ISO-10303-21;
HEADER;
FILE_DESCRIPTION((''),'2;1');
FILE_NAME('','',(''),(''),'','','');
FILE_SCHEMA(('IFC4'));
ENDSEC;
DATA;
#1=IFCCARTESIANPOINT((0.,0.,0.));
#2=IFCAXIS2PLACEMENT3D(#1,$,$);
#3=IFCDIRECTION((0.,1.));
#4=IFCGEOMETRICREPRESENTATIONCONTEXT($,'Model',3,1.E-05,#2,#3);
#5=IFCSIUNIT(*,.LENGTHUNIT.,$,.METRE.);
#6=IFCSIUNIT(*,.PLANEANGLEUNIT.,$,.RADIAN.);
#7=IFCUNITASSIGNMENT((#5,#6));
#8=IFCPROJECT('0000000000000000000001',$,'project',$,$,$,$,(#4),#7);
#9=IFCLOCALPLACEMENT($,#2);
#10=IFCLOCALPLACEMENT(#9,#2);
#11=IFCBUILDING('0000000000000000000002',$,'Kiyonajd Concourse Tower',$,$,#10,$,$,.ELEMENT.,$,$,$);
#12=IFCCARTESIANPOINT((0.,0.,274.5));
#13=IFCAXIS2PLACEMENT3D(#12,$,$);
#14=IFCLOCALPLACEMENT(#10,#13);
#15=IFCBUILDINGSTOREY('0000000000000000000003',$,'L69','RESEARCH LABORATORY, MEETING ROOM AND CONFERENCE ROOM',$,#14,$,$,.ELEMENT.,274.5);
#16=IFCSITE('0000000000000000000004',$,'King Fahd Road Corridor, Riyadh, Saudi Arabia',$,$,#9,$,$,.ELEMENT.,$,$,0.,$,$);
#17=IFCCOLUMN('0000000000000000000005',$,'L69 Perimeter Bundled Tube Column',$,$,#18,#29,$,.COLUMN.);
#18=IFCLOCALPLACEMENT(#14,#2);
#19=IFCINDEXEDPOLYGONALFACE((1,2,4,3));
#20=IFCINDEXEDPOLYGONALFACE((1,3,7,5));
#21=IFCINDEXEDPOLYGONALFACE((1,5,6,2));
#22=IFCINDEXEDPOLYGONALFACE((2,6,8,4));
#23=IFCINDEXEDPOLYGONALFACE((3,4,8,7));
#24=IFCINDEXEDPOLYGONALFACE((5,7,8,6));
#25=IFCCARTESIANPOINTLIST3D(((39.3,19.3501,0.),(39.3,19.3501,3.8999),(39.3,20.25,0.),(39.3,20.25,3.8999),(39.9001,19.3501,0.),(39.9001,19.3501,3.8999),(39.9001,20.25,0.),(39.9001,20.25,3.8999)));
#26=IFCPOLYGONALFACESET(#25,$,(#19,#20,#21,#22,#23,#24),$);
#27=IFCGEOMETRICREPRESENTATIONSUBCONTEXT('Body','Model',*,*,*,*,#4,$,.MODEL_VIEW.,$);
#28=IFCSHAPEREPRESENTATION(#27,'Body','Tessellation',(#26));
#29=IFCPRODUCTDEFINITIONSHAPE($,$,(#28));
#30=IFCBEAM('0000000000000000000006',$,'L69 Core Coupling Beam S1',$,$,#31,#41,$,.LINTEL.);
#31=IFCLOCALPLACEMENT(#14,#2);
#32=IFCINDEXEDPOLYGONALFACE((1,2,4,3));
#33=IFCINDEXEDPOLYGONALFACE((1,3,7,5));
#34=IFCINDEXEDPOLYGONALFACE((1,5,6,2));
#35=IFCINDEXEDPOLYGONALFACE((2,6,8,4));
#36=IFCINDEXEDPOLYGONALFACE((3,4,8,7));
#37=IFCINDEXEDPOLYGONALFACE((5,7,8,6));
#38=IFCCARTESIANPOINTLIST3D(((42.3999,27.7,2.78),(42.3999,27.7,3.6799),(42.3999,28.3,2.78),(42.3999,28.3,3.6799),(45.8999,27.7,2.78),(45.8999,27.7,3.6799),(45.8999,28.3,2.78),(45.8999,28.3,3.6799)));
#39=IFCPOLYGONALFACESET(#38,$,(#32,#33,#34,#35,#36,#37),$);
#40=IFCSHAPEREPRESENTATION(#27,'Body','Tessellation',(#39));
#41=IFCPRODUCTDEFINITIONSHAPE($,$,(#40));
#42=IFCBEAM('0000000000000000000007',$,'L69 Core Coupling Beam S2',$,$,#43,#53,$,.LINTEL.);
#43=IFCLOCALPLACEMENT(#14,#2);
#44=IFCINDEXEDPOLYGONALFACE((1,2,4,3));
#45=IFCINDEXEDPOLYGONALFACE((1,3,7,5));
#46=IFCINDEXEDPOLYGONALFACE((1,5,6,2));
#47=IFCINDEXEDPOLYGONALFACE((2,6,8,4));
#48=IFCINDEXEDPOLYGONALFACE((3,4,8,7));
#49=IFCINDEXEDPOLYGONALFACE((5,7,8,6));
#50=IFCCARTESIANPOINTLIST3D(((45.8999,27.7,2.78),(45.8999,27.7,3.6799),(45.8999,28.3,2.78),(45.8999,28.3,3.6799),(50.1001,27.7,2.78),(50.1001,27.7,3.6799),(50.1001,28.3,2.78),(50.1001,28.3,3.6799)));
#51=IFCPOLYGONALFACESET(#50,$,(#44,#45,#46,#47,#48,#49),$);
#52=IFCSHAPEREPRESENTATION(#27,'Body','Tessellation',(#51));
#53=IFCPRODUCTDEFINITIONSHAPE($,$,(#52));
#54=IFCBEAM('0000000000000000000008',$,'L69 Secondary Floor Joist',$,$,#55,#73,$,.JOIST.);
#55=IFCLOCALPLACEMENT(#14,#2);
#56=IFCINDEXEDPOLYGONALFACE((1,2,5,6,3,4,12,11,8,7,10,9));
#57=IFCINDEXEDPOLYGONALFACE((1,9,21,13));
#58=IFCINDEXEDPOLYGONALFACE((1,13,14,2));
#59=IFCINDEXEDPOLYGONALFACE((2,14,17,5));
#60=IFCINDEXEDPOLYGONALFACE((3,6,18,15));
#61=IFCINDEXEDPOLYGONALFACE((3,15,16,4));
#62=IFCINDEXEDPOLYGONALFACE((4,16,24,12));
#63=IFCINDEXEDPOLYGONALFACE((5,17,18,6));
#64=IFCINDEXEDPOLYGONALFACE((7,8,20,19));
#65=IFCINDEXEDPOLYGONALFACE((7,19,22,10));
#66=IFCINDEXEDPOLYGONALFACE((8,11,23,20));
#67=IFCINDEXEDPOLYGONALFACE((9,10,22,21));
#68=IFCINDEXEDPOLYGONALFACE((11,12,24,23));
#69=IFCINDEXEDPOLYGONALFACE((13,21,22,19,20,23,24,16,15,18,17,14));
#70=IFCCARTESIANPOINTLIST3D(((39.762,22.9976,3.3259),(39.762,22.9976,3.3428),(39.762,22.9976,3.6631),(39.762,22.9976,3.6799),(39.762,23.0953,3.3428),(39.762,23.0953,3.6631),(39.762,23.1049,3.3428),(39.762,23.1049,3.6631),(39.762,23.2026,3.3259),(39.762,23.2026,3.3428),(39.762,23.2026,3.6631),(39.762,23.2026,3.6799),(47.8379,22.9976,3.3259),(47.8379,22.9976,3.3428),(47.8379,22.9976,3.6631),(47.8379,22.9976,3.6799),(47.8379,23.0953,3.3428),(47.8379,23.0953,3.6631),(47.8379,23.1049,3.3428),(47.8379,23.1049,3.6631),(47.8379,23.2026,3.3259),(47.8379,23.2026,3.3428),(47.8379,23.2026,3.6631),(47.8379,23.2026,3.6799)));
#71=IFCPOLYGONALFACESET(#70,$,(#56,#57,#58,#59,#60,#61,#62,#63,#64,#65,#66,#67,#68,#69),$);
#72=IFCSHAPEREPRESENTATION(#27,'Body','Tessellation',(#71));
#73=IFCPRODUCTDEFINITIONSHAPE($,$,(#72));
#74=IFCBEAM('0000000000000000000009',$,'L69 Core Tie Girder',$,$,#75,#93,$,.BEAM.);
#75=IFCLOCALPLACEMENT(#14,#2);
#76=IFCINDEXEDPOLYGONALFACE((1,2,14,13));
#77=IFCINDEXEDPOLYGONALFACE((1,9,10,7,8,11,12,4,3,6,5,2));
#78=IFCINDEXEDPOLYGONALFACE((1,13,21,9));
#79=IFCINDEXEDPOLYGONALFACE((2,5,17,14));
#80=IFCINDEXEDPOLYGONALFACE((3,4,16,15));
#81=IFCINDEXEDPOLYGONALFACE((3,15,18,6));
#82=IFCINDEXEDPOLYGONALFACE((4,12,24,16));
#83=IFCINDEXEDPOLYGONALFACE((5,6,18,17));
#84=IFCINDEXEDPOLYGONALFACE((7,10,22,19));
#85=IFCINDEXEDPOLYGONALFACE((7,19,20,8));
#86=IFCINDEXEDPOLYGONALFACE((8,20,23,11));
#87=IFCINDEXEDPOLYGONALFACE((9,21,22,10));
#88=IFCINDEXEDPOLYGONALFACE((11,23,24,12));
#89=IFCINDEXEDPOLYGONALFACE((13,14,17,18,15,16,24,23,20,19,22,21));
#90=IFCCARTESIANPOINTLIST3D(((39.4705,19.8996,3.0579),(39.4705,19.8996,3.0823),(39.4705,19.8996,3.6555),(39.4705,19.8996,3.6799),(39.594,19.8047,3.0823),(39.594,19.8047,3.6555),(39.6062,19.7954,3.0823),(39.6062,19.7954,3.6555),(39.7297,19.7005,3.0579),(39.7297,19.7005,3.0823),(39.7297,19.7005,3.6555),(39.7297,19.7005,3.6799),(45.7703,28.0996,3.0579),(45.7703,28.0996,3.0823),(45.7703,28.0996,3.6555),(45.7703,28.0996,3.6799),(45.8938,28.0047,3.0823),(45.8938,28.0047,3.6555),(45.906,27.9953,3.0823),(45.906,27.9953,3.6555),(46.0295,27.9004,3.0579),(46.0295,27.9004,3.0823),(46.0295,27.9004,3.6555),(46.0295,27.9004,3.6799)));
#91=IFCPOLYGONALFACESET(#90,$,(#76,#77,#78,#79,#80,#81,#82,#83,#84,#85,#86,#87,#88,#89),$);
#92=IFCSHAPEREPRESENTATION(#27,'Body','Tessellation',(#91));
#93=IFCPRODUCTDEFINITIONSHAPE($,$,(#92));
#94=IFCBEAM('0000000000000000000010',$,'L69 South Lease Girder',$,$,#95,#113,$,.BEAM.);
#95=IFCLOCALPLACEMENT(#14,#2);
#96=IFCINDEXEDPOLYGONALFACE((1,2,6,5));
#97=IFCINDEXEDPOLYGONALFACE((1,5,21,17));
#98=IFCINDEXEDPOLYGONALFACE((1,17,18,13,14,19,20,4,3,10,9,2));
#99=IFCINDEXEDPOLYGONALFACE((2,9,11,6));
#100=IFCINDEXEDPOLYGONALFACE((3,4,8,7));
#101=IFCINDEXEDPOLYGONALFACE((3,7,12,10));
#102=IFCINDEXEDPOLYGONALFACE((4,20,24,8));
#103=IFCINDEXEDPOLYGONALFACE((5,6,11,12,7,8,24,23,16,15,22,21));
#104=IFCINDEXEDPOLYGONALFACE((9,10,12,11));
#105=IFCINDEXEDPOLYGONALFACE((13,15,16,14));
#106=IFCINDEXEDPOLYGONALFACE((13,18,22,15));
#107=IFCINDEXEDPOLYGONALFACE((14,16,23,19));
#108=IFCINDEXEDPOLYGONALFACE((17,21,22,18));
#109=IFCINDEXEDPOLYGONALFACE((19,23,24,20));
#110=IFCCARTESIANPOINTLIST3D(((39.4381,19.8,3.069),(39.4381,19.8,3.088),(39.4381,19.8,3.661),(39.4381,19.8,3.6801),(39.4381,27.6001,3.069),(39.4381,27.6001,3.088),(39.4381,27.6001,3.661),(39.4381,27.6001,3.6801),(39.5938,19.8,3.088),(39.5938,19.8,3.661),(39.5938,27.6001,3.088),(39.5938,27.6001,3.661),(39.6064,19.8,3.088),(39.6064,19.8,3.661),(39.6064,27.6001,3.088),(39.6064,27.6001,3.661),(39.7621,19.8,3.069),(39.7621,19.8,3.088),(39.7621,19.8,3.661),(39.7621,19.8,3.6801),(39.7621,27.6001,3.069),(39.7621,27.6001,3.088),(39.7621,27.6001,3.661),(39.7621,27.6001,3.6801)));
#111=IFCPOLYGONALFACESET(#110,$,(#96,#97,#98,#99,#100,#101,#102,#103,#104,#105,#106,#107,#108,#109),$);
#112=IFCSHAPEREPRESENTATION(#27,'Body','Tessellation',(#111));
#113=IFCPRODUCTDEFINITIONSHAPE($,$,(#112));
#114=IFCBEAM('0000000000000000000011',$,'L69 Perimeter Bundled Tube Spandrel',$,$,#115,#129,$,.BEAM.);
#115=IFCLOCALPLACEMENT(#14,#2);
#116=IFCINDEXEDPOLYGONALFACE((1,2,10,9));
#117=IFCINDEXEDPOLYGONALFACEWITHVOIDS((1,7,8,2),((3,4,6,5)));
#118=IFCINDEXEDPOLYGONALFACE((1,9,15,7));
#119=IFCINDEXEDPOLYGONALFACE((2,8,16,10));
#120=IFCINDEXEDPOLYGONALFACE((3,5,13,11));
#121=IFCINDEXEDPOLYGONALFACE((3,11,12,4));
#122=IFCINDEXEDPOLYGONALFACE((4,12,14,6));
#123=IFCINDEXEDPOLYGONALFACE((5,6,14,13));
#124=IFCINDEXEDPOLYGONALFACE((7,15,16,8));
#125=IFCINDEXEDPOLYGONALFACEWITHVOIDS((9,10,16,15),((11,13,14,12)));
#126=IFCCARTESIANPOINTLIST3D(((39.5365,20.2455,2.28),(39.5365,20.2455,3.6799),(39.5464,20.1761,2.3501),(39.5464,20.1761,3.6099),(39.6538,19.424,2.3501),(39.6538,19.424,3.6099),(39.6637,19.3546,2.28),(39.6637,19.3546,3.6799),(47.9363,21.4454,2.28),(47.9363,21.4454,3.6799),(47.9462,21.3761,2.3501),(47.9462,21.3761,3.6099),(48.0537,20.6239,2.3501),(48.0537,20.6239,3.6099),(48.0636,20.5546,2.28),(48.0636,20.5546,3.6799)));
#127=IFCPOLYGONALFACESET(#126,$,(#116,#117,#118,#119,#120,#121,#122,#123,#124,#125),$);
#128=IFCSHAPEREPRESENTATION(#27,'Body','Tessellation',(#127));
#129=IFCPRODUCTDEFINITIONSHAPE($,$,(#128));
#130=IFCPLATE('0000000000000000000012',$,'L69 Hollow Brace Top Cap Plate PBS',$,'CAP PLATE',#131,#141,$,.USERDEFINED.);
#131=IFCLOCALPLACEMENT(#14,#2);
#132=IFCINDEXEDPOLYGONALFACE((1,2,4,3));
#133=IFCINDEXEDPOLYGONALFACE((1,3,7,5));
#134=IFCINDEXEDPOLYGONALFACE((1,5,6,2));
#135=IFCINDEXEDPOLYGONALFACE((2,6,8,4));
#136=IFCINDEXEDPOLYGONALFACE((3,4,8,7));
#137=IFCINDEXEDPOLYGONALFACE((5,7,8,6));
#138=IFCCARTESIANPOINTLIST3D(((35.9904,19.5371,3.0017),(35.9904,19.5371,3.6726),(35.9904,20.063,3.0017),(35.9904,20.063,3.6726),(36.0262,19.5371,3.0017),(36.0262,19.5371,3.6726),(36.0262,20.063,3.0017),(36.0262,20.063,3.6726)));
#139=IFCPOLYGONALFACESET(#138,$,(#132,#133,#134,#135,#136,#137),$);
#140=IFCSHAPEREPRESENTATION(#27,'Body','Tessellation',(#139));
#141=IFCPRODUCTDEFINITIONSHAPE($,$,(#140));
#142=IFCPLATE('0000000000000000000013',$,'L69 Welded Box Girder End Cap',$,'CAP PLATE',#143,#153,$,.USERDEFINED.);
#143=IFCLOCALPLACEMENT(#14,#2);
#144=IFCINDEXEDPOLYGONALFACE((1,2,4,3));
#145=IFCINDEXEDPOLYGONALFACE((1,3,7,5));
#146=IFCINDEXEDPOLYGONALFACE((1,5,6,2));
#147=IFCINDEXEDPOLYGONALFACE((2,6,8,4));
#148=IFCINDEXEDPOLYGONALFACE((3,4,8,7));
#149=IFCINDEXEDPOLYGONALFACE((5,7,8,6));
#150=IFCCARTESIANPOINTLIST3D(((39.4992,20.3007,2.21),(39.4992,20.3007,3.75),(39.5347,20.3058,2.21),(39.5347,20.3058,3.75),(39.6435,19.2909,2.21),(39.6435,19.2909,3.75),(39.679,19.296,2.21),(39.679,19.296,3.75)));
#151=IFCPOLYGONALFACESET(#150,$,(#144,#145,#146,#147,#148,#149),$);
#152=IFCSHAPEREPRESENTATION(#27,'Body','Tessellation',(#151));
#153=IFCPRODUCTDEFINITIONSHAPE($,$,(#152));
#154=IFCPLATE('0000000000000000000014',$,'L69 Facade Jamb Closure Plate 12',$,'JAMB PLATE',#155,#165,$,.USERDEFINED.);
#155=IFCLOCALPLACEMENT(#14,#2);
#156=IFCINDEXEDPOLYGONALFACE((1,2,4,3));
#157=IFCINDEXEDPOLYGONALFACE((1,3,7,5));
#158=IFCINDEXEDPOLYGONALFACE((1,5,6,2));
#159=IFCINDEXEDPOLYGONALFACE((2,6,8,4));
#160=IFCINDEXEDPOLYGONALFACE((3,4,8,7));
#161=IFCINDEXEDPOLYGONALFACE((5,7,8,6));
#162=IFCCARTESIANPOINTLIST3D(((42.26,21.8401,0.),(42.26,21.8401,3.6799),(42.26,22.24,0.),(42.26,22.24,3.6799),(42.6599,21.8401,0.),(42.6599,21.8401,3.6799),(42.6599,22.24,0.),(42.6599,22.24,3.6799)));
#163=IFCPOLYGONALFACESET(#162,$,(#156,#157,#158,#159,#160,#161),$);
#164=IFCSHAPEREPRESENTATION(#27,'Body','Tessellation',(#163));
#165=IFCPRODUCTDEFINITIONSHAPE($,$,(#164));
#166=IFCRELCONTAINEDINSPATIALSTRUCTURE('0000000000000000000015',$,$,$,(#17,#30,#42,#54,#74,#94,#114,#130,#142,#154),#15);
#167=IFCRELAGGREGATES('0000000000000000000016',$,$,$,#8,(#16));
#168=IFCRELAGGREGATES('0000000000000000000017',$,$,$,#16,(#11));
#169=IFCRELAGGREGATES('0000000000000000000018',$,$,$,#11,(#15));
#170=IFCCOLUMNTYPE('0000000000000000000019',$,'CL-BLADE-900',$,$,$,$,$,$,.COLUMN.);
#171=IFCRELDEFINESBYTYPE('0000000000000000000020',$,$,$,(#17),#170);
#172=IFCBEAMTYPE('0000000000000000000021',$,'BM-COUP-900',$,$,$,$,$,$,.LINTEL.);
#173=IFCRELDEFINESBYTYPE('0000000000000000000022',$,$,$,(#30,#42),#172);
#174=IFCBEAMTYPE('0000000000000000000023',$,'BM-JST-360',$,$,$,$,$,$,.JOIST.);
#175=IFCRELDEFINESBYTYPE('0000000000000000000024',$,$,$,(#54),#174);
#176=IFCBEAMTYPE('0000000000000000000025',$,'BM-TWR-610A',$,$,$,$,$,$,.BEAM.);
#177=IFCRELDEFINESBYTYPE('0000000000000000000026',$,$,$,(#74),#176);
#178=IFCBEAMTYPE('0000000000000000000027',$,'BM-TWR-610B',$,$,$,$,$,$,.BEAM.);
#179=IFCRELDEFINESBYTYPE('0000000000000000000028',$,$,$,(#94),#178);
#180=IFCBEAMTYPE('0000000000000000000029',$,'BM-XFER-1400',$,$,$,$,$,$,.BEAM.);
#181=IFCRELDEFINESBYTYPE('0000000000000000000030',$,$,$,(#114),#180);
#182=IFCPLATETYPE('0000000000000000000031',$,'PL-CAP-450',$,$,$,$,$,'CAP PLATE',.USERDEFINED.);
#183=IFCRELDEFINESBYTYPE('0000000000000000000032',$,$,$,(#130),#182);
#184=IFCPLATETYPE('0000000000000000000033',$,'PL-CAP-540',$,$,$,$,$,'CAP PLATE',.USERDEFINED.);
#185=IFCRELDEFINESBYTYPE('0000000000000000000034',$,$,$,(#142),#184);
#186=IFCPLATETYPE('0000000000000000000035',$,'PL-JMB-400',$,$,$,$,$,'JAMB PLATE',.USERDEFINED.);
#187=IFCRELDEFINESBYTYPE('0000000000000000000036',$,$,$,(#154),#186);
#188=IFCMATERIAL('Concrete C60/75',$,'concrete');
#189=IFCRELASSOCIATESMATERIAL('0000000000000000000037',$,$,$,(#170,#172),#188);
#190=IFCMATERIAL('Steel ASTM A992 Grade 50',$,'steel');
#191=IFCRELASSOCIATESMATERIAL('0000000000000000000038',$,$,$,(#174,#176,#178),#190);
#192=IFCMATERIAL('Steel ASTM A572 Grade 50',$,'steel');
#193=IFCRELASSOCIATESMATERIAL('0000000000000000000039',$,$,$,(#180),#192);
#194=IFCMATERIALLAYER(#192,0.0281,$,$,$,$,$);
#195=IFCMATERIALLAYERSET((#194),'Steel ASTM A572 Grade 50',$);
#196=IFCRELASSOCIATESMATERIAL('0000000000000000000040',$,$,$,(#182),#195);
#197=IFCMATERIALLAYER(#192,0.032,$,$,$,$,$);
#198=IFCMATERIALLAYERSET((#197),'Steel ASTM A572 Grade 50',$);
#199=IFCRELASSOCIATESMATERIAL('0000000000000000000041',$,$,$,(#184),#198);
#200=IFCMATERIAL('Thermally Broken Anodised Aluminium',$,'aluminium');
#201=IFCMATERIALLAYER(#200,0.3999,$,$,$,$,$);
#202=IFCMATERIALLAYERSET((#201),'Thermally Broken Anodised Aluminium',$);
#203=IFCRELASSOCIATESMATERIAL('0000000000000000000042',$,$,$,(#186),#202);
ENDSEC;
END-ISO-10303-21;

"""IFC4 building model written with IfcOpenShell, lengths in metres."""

from ifc_helpers import new_model, si_unit, direction, frame, origin, origin_2d, place, context, subcontext, project, spatial, rectangle, hollow_rectangle, i_section, extrude, material, layer, layer_set, material_profile, profile_set, type_object, element, save


model = new_model("IFC4")

# Units and contexts
model_context = context("Model", 3, precision=1e-05, world=origin(), true_north=direction((0.0, 1.0)))
body_context = subcontext(model_context, "Body", "Model", "MODEL_VIEW")
ifc_project = project(units=[si_unit("LENGTHUNIT", "METRE"), si_unit("PLANEANGLEUNIT", "RADIAN")], contexts=[model_context])

# Site, building, storey
site_placement = place(None, origin())
site = spatial("IfcSite", under=ifc_project, at=site_placement, Name="King Fahd Road Corridor, Riyadh, Saudi Arabia", CompositionType="ELEMENT", RefElevation=0.0)
building_placement = place(site_placement, origin())
building = spatial("IfcBuilding", under=site, at=building_placement, Name="Kiyonajd Concourse Tower", CompositionType="ELEMENT")
storey_placement = place(building_placement, frame((0.0, 0.0, 274.5)))
storey = spatial("IfcBuildingStorey", under=building, at=storey_placement, Name="L69", Description="RESEARCH LABORATORY, MEETING ROOM AND CONFERENCE ROOM", CompositionType="ELEMENT", Elevation=274.5)

# Column
ifc_material_1 = material(Name="Concrete C60/75", Category="concrete")
ifc_material_profile_1 = material_profile(ifc_material_1, rectangle(XDim=0.6001, YDim=0.8999, at=origin_2d()), Name="RC-900x600")
ifc_profile_set_1 = profile_set([ifc_material_profile_1], Name="Concrete C60/75")
column_type = type_object("IfcColumnType", Name="CL-BLADE-900", PredefinedType="COLUMN", material=ifc_profile_set_1)
column_placement = place(storey_placement, frame((39.6001, 19.8, 0.0), z_axis=(0.0, 0.0, 1.0), x_axis=(1.0, 0.0, 0.0)))
element("IfcColumn", 1, at=column_placement, inside=storey, type_object=column_type, Name="L69 Perimeter Bundled Tube Column", PredefinedType="COLUMN", context=body_context, shape_type="SweptSolid", body=[
    extrude(rectangle(XDim=0.6001, YDim=0.8999, at=origin_2d()), origin(), (0.0, 0.0, 1.0), 3.8999),
])

# Beams
ifc_material_profile_2 = material_profile(ifc_material_1, rectangle(XDim=0.6001, YDim=0.8999, at=origin_2d()), Name="RCBM-600x900")
ifc_profile_set_2 = profile_set([ifc_material_profile_2], Name="Concrete C60/75")
beam_type_1 = type_object("IfcBeamType", Name="BM-COUP-900", PredefinedType="LINTEL", material=ifc_profile_set_2)
beam_1_placement = place(storey_placement, frame((42.3999, 28.0, 3.23), z_axis=(1.0, 0.0, 0.0), x_axis=(0.0, 1.0, 0.0)))
element("IfcBeam", 2, at=beam_1_placement, inside=storey, type_object=beam_type_1, Name="L69 Core Coupling Beam S1", PredefinedType="LINTEL", context=body_context, shape_type="SweptSolid", body=[
    extrude(rectangle(XDim=0.6001, YDim=0.8999, at=origin_2d()), origin(), (0.0, 0.0, 1.0), 3.5),
])
beam_2_placement = place(storey_placement, frame((45.8999, 28.0, 3.23), z_axis=(1.0, 0.0, 0.0), x_axis=(0.0, 1.0, 0.0)))
element("IfcBeam", 3, at=beam_2_placement, inside=storey, type_object=beam_type_1, Name="L69 Core Coupling Beam S2", PredefinedType="LINTEL", context=body_context, shape_type="SweptSolid", body=[
    extrude(rectangle(XDim=0.6001, YDim=0.8999, at=origin_2d()), origin(), (0.0, 0.0, 1.0), 4.2002),
])
ifc_material_2 = material(Name="Steel ASTM A992 Grade 50", Category="steel")
ifc_material_profile_3 = material_profile(ifc_material_2, i_section(OverallWidth=0.2051, OverallDepth=0.354, WebThickness=0.0095, FlangeThickness=0.0168, at=origin_2d()), Name="W360X79")
ifc_profile_set_3 = profile_set([ifc_material_profile_3], Name="Steel ASTM A992 Grade 50")
beam_type_2 = type_object("IfcBeamType", Name="BM-JST-360", PredefinedType="JOIST", material=ifc_profile_set_3)
beam_3_placement = place(storey_placement, frame((39.762, 23.1001, 3.5029), z_axis=(1.0, 0.0, 0.0), x_axis=(0.0, 1.0, 0.0)))
element("IfcBeam", 4, at=beam_3_placement, inside=storey, type_object=beam_type_2, Name="L69 Secondary Floor Joist", PredefinedType="JOIST", context=body_context, shape_type="SweptSolid", body=[
    extrude(i_section(OverallWidth=0.2051, OverallDepth=0.354, WebThickness=0.0095, FlangeThickness=0.0168, at=origin_2d()), origin(), (0.0, 0.0, 1.0), 8.0759),
])
ifc_material_profile_4 = material_profile(ifc_material_2, i_section(OverallWidth=0.3269, OverallDepth=0.6221, WebThickness=0.0154, FlangeThickness=0.0244, at=origin_2d()), Name="W610X195")
ifc_profile_set_4 = profile_set([ifc_material_profile_4], Name="Steel ASTM A992 Grade 50")
beam_type_3 = type_object("IfcBeamType", Name="BM-TWR-610A", PredefinedType="BEAM", material=ifc_profile_set_4)
beam_4_placement = place(storey_placement, frame((39.6001, 19.8, 3.3689), z_axis=(0.609234, 0.792991, 0.0), x_axis=(-0.792991, 0.609234, 0.0)))
element("IfcBeam", 5, at=beam_4_placement, inside=storey, type_object=beam_type_3, Name="L69 Core Tie Girder", PredefinedType="BEAM", context=body_context, shape_type="SweptSolid", body=[
    extrude(i_section(OverallWidth=0.3269, OverallDepth=0.6221, WebThickness=0.0154, FlangeThickness=0.0244, at=origin_2d()), origin(), (0.0, 0.0, 1.0), 10.3406),
])
ifc_material_profile_5 = material_profile(ifc_material_2, i_section(OverallWidth=0.324, OverallDepth=0.6111, WebThickness=0.0127, FlangeThickness=0.019, at=origin_2d()), Name="W610X155")
ifc_profile_set_5 = profile_set([ifc_material_profile_5], Name="Steel ASTM A992 Grade 50")
beam_type_4 = type_object("IfcBeamType", Name="BM-TWR-610B", PredefinedType="BEAM", material=ifc_profile_set_5)
beam_5_placement = place(storey_placement, frame((39.6001, 19.8, 3.3745), z_axis=(0.0, 1.0, 0.0), x_axis=(-1.0, 0.0, 0.0)))
element("IfcBeam", 6, at=beam_5_placement, inside=storey, type_object=beam_type_4, Name="L69 South Lease Girder", PredefinedType="BEAM", context=body_context, shape_type="SweptSolid", body=[
    extrude(i_section(OverallWidth=0.324, OverallDepth=0.6111, WebThickness=0.0127, FlangeThickness=0.019, at=origin_2d()), origin(), (0.0, 0.0, 1.0), 7.8),
])
ifc_material_3 = material(Name="Steel ASTM A572 Grade 50", Category="steel")
ifc_material_profile_6 = material_profile(ifc_material_3, hollow_rectangle(XDim=0.8999, YDim=1.3999, WallThickness=0.0701, at=origin_2d()), Name="BOX-1400x900x70")
ifc_profile_set_6 = profile_set([ifc_material_profile_6], Name="Steel ASTM A572 Grade 50")
beam_type_5 = type_object("IfcBeamType", Name="BM-XFER-1400", PredefinedType="BEAM", material=ifc_profile_set_6)
beam_6_placement = place(storey_placement, frame((39.6001, 19.8, 2.98), z_axis=(0.98995, 0.141417, 0.0), x_axis=(-0.141417, 0.98995, 0.0)))
element("IfcBeam", 7, at=beam_6_placement, inside=storey, type_object=beam_type_5, Name="L69 Perimeter Bundled Tube Spandrel", PredefinedType="BEAM", context=body_context, shape_type="SweptSolid", body=[
    extrude(hollow_rectangle(XDim=0.8999, YDim=1.3999, WallThickness=0.0701, at=origin_2d()), origin(), (0.0, 0.0, 1.0), 8.4851),
])

# Plates
ifc_layer_1 = layer(ifc_material_3, 0.0281)
ifc_layer_set_1 = layer_set([ifc_layer_1], Name="Steel ASTM A572 Grade 50")
plate_type_1 = type_object("IfcPlateType", Name="PL-CAP-450", ElementType="CAP PLATE", PredefinedType="USERDEFINED", material=ifc_layer_set_1)
plate_1_placement = place(storey_placement, frame((36.0083, 19.8, 3.0017), z_axis=(0.0, 0.0, 1.0), x_axis=(1.0, 0.0, 0.0)))
element("IfcPlate", 8, at=plate_1_placement, inside=storey, type_object=plate_type_1, Name="L69 Hollow Brace Top Cap Plate PBS", ObjectType="CAP PLATE", PredefinedType="USERDEFINED", context=body_context, shape_type="SweptSolid", body=[
    extrude(rectangle(XDim=0.0359, YDim=0.5259, at=origin_2d()), origin(), (0.0, 0.0, 1.0), 0.6709),
])
ifc_layer_2 = layer(ifc_material_3, 0.032)
ifc_layer_set_2 = layer_set([ifc_layer_2], Name="Steel ASTM A572 Grade 50")
plate_type_2 = type_object("IfcPlateType", Name="PL-CAP-540", ElementType="CAP PLATE", PredefinedType="USERDEFINED", material=ifc_layer_set_2)
plate_2_placement = place(storey_placement, frame((39.5891, 19.7983, 2.21), z_axis=(0.0, 0.0, 1.0), x_axis=(-0.98995, -0.14142, 0.0)))
element("IfcPlate", 9, at=plate_2_placement, inside=storey, type_object=plate_type_2, Name="L69 Welded Box Girder End Cap", ObjectType="CAP PLATE", PredefinedType="USERDEFINED", context=body_context, shape_type="SweptSolid", body=[
    extrude(rectangle(XDim=0.0359, YDim=1.02, at=origin_2d()), origin(), (0.0, 0.0, 1.0), 1.54),
])
ifc_material_4 = material(Name="Thermally Broken Anodised Aluminium", Category="aluminium")
ifc_layer_3 = layer(ifc_material_4, 0.3999)
ifc_layer_set_3 = layer_set([ifc_layer_3], Name="Thermally Broken Anodised Aluminium")
plate_type_3 = type_object("IfcPlateType", Name="PL-JMB-400", ElementType="JAMB PLATE", PredefinedType="USERDEFINED", material=ifc_layer_set_3)
plate_3_placement = place(storey_placement, frame((42.46, 22.04, 0.0), z_axis=(0.0, 0.0, 1.0), x_axis=(1.0, 0.0, 0.0)))
element("IfcPlate", 10, at=plate_3_placement, inside=storey, type_object=plate_type_3, Name="L69 Facade Jamb Closure Plate 12", ObjectType="JAMB PLATE", PredefinedType="USERDEFINED", context=body_context, shape_type="SweptSolid", body=[
    extrude(rectangle(XDim=0.3999, YDim=0.3999, at=origin_2d()), origin(), (0.0, 0.0, 1.0), 3.6799),
])

save(model, "model.ifc")
